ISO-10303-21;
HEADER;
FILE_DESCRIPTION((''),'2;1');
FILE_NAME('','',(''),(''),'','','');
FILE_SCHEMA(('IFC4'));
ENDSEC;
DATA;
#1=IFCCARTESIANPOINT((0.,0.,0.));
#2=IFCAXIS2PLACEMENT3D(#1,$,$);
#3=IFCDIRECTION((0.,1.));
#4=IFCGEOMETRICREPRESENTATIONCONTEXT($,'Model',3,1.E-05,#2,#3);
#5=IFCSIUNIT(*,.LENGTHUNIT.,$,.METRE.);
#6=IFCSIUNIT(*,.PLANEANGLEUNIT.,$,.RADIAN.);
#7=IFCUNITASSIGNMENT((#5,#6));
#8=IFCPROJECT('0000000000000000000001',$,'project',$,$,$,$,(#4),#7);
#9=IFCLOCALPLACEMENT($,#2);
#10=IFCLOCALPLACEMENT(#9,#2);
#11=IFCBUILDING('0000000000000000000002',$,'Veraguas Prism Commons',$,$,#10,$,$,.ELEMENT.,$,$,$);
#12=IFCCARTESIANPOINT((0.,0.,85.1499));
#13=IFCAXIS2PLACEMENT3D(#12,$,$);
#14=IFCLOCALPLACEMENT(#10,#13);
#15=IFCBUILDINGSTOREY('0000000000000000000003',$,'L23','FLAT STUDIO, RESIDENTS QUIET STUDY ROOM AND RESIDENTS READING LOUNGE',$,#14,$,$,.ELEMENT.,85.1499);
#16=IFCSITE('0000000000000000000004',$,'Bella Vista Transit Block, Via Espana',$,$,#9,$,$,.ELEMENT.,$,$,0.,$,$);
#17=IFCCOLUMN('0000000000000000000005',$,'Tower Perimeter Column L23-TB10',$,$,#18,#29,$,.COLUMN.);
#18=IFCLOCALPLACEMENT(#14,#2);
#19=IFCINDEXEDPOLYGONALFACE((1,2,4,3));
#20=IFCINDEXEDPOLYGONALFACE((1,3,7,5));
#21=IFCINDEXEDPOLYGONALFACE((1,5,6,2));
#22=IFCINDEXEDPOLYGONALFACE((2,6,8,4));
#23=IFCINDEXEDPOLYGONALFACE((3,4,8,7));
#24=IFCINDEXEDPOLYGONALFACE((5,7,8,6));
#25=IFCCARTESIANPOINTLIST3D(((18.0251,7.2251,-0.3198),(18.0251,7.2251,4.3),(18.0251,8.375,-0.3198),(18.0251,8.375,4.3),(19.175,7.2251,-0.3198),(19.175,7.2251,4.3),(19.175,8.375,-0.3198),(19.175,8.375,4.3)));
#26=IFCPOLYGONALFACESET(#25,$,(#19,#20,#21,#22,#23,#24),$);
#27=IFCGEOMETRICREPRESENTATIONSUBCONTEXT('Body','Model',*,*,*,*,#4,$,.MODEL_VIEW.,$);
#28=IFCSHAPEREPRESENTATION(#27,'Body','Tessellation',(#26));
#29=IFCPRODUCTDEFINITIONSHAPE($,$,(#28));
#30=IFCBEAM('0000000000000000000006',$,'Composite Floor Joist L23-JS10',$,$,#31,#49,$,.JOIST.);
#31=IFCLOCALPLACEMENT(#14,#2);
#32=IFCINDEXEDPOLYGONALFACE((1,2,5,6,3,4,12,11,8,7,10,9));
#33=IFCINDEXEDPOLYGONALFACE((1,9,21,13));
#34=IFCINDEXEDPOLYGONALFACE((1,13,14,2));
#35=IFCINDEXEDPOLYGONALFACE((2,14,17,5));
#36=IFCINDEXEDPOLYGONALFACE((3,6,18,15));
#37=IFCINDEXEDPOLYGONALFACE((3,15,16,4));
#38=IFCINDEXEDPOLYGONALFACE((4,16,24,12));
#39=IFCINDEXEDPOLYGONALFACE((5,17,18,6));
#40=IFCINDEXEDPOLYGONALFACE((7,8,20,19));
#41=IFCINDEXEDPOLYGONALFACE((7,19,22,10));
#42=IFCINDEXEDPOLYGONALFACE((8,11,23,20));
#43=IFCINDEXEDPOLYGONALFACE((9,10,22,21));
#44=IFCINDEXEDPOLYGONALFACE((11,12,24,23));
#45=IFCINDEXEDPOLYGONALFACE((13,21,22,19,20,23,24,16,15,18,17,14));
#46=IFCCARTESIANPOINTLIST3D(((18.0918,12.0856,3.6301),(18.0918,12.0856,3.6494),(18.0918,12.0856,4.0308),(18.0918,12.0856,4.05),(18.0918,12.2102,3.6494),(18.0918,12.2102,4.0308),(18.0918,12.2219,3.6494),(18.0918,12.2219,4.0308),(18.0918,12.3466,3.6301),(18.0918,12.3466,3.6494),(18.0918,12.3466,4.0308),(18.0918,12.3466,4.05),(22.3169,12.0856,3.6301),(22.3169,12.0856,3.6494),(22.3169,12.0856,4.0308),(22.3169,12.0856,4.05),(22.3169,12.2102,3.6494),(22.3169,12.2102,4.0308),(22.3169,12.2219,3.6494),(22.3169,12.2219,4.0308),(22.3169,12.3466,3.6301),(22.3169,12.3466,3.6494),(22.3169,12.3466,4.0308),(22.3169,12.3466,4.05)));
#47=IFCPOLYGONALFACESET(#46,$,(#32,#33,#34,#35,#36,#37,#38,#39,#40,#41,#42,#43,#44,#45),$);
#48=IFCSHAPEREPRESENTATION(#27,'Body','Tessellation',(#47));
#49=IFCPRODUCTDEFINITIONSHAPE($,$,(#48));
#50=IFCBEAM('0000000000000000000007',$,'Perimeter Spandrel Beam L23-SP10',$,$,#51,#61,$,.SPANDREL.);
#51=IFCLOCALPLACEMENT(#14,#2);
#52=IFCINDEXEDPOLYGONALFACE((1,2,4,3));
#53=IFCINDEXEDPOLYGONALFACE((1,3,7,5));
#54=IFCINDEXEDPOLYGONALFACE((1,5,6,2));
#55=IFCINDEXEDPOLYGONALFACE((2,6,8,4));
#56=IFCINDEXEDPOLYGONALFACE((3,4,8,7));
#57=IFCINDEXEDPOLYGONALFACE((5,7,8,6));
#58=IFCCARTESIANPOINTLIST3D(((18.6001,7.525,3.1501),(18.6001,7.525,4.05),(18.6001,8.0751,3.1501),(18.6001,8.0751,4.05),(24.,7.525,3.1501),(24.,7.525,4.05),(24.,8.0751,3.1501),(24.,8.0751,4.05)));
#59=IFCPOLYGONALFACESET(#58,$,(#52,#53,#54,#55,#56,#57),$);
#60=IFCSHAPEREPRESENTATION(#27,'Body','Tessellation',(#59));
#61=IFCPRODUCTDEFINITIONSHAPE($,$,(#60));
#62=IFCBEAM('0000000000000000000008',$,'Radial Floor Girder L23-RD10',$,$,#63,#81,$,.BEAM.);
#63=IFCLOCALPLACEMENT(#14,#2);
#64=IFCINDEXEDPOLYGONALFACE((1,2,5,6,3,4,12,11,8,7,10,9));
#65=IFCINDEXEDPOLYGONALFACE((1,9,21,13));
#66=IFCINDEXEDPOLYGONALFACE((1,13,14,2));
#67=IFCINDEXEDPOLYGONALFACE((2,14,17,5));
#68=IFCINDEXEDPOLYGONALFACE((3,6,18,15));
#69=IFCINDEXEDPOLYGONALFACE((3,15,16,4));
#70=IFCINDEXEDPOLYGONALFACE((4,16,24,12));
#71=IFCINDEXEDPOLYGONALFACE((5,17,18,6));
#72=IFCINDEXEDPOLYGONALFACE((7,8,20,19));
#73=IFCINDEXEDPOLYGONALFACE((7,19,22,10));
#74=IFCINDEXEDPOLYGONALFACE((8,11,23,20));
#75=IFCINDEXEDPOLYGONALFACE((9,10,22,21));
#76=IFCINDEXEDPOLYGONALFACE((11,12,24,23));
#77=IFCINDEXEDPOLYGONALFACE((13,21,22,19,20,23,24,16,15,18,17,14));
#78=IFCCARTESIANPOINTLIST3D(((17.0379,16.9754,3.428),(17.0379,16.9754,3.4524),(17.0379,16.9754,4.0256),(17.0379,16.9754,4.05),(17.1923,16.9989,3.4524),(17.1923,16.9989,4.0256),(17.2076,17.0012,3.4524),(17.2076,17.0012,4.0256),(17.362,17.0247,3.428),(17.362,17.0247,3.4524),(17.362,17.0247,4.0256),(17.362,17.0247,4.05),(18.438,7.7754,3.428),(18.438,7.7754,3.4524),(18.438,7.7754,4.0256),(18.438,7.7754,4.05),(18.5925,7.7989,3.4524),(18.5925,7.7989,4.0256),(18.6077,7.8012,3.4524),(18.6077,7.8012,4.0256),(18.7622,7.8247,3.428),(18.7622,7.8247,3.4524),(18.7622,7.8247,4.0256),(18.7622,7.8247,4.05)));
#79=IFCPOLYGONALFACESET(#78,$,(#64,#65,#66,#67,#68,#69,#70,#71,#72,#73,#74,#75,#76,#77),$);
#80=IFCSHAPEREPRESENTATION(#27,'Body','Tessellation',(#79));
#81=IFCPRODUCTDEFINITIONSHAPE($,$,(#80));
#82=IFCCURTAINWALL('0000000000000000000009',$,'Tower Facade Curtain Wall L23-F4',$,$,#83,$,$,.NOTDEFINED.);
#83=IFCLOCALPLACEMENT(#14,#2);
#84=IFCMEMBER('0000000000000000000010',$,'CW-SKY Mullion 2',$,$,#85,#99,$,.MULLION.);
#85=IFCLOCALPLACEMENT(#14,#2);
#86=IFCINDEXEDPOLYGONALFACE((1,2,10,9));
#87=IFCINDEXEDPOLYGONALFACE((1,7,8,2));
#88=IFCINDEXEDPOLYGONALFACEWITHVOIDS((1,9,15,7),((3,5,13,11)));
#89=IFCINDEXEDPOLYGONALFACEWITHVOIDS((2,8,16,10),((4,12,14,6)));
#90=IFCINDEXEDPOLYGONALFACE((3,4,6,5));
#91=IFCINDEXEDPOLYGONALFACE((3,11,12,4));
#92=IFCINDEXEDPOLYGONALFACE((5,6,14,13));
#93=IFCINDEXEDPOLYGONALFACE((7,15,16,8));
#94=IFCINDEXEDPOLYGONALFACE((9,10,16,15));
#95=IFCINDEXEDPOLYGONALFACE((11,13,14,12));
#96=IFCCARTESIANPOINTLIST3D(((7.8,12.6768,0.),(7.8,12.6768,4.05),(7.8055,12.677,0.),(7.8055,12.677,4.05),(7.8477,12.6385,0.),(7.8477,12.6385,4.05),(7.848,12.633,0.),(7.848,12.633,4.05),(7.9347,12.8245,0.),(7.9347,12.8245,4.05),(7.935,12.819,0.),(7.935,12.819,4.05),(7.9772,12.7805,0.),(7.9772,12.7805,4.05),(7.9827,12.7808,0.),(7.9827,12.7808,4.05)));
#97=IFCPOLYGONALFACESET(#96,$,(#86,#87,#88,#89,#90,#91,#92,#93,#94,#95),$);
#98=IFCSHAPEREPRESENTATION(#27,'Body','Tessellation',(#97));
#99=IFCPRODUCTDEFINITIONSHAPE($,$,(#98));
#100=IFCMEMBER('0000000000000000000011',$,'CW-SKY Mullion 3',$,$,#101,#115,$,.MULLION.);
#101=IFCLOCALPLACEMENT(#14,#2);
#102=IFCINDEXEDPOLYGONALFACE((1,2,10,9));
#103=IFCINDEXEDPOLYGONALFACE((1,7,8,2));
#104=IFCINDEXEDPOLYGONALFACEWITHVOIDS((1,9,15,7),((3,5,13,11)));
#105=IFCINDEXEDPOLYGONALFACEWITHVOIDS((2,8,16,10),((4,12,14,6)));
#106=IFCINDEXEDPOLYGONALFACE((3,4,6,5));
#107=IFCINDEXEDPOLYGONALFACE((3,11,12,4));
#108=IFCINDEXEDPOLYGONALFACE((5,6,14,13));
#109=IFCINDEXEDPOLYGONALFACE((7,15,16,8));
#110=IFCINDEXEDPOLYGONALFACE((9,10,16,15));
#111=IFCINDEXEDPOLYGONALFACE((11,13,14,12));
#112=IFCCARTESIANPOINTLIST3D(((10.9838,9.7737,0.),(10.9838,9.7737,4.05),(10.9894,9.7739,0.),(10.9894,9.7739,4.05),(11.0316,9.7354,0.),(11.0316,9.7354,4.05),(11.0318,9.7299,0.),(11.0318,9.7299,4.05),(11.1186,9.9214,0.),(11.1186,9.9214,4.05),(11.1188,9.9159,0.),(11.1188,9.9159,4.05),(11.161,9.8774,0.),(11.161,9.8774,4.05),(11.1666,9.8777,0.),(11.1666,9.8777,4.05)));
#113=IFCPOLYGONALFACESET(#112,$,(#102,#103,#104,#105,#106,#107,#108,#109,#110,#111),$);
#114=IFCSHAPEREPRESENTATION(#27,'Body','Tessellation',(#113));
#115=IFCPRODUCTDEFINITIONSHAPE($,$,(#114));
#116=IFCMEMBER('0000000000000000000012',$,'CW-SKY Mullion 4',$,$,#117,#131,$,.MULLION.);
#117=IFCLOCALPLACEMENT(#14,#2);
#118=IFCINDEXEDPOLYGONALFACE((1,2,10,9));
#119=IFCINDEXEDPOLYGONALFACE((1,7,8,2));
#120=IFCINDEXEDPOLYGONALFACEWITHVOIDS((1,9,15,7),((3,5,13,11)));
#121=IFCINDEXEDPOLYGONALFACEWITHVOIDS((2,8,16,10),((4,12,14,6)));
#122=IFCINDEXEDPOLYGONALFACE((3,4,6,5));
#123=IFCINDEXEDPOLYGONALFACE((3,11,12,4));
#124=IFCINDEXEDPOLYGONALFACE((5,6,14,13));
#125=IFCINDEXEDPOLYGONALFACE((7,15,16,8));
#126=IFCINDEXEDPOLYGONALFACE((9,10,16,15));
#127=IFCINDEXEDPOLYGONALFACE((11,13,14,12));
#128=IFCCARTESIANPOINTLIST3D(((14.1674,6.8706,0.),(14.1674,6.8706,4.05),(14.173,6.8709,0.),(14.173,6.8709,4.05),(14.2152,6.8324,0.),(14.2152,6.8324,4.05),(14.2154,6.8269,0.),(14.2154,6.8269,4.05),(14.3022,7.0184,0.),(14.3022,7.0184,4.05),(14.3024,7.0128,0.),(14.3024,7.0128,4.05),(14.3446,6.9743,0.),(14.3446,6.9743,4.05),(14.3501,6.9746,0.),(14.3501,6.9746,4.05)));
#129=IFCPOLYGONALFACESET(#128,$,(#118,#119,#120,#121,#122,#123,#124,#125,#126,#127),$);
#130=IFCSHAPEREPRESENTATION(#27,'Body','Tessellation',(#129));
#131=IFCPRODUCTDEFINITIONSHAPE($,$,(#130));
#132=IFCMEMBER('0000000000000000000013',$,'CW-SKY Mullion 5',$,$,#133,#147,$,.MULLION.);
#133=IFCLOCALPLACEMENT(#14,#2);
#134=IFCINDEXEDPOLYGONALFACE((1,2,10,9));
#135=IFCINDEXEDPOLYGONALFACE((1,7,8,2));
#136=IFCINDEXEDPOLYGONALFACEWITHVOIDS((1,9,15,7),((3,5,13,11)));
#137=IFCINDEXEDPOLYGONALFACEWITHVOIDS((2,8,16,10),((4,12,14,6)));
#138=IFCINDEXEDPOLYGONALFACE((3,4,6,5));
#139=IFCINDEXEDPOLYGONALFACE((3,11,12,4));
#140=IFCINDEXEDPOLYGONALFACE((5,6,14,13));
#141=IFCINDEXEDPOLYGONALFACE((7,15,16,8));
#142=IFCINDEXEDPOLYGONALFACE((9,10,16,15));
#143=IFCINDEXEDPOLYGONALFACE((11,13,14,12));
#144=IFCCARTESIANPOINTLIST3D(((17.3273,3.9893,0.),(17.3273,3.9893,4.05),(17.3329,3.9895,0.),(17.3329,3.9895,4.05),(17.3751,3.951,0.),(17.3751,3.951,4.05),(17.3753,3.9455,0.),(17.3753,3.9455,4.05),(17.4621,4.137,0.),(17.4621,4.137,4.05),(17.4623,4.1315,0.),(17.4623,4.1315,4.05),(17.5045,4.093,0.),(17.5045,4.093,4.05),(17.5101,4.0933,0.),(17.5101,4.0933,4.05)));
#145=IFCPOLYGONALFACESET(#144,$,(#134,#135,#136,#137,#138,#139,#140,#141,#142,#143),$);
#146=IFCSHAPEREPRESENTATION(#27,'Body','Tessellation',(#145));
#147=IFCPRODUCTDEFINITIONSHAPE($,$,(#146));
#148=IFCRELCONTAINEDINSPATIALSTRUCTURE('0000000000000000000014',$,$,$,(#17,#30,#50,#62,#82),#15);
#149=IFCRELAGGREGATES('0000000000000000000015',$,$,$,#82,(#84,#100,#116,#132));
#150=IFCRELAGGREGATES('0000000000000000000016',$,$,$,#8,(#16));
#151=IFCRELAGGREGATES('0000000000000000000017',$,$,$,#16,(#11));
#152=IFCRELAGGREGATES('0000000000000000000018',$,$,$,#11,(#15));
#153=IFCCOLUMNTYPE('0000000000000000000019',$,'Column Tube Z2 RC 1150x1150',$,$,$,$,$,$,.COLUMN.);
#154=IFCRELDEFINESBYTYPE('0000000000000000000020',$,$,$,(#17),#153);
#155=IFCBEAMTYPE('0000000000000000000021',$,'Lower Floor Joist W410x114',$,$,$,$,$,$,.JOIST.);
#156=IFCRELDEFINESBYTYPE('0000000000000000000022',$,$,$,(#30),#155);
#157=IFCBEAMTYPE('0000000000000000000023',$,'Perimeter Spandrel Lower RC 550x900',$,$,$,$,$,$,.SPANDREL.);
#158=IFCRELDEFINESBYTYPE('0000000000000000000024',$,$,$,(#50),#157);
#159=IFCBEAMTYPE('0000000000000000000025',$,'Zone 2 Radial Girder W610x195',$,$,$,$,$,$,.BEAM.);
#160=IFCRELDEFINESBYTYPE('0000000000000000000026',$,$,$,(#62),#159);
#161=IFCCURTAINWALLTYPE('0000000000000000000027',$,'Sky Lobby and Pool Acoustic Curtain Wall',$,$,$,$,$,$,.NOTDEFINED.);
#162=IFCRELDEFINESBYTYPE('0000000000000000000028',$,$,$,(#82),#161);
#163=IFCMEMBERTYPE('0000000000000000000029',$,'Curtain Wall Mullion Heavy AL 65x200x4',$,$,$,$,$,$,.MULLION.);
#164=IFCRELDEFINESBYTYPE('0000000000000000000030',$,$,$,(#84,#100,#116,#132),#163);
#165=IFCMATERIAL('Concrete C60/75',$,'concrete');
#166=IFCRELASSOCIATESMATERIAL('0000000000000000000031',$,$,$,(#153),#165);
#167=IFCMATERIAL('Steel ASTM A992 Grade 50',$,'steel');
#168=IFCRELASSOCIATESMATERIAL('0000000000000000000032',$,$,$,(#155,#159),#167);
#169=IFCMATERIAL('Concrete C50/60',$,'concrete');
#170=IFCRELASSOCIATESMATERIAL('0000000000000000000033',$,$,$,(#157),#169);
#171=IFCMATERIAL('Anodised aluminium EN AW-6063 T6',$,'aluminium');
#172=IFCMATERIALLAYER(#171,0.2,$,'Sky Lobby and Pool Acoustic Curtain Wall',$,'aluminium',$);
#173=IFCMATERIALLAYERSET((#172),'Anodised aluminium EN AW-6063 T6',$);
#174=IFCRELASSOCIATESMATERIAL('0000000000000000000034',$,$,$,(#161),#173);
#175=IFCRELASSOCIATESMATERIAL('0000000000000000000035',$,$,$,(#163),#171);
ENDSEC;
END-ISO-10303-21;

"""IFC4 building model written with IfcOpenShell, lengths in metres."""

from ifc_helpers import new_model, si_unit, direction, frame, origin, origin_2d, place, context, subcontext, project, spatial, rectangle, hollow_rectangle, i_section, extrude, source, transform, mapped, material, layer, layer_set, material_profile, profile_set, type_object, element, aggregate, save


model = new_model("IFC4")

# Units and contexts
model_context = context("Model", 3, precision=1e-05, world=origin(), true_north=direction((0.0, 1.0)))
body_context = subcontext(model_context, "Body", "Model", "MODEL_VIEW")
ifc_project = project(units=[si_unit("LENGTHUNIT", "METRE"), si_unit("PLANEANGLEUNIT", "RADIAN")], contexts=[model_context])

# Site, building, storey
site_placement = place(None, origin())
site = spatial("IfcSite", under=ifc_project, at=site_placement, Name="Bella Vista Transit Block, Via Espana", CompositionType="ELEMENT", RefElevation=0.0)
building_placement = place(site_placement, origin())
building = spatial("IfcBuilding", under=site, at=building_placement, Name="Veraguas Prism Commons", CompositionType="ELEMENT")
storey_placement = place(building_placement, frame((0.0, 0.0, 85.1499)))
storey = spatial("IfcBuildingStorey", under=building, at=storey_placement, Name="L23", Description="FLAT STUDIO, RESIDENTS QUIET STUDY ROOM AND RESIDENTS READING LOUNGE", CompositionType="ELEMENT", Elevation=85.1499)

# Column
ifc_material_1 = material(Name="Concrete C60/75", Category="concrete")
ifc_material_profile_1 = material_profile(ifc_material_1, rectangle(XDim=1.1499, YDim=1.1499, at=origin_2d()), Name="RC1150X1150")
ifc_profile_set_1 = profile_set([ifc_material_profile_1], Name="Concrete C60/75")
column_type = type_object("IfcColumnType", Name="Column Tube Z2 RC 1150x1150", PredefinedType="COLUMN", material=ifc_profile_set_1)
column_placement = place(storey_placement, frame((18.6001, 7.8, -0.3198), z_axis=(0.0, 0.0, 1.0), x_axis=(1.0, 0.0, 0.0)))
element("IfcColumn", 1, at=column_placement, inside=storey, type_object=column_type, Name="Tower Perimeter Column L23-TB10", PredefinedType="COLUMN", context=body_context, shape_type="SweptSolid", body=[
    extrude(rectangle(XDim=1.1499, YDim=1.1499, at=origin_2d()), origin(), (0.0, 0.0, 1.0), 4.6199),
])

# Beams
ifc_material_2 = material(Name="Steel ASTM A992 Grade 50", Category="steel")
ifc_material_profile_2 = material_profile(ifc_material_2, i_section(OverallWidth=0.261, OverallDepth=0.4199, WebThickness=0.0117, FlangeThickness=0.0193, at=origin_2d()), Name="W410X114")
ifc_profile_set_2 = profile_set([ifc_material_profile_2], Name="Steel ASTM A992 Grade 50")
beam_type_1 = type_object("IfcBeamType", Name="Lower Floor Joist W410x114", PredefinedType="JOIST", material=ifc_profile_set_2)
beam_1_placement = place(storey_placement, frame((18.0918, 12.2161, 3.8401), z_axis=(1.0, 0.0, 0.0), x_axis=(0.0, 1.0, 0.0)))
element("IfcBeam", 2, at=beam_1_placement, inside=storey, type_object=beam_type_1, Name="Composite Floor Joist L23-JS10", PredefinedType="JOIST", context=body_context, shape_type="SweptSolid", body=[
    extrude(i_section(OverallWidth=0.261, OverallDepth=0.4199, WebThickness=0.0117, FlangeThickness=0.0193, at=origin_2d()), origin(), (0.0, 0.0, 1.0), 4.2251),
])
ifc_material_3 = material(Name="Concrete C50/60", Category="concrete")
ifc_material_profile_3 = material_profile(ifc_material_3, rectangle(XDim=0.55, YDim=0.8999, at=origin_2d()), Name="RC550X900")
ifc_profile_set_3 = profile_set([ifc_material_profile_3], Name="Concrete C50/60")
beam_type_2 = type_object("IfcBeamType", Name="Perimeter Spandrel Lower RC 550x900", PredefinedType="SPANDREL", material=ifc_profile_set_3)
beam_2_placement = place(storey_placement, frame((18.6001, 7.8, 3.6001), z_axis=(1.0, 0.0, 0.0), x_axis=(0.0, 1.0, 0.0)))
element("IfcBeam", 3, at=beam_2_placement, inside=storey, type_object=beam_type_2, Name="Perimeter Spandrel Beam L23-SP10", PredefinedType="SPANDREL", context=body_context, shape_type="SweptSolid", body=[
    extrude(rectangle(XDim=0.55, YDim=0.8999, at=origin_2d()), origin(), (0.0, 0.0, 1.0), 5.3999),
])
ifc_material_profile_4 = material_profile(ifc_material_2, i_section(OverallWidth=0.3279, OverallDepth=0.6221, WebThickness=0.0154, FlangeThickness=0.0244, at=origin_2d()), Name="W610X195")
ifc_profile_set_4 = profile_set([ifc_material_profile_4], Name="Steel ASTM A992 Grade 50")
beam_type_3 = type_object("IfcBeamType", Name="Zone 2 Radial Girder W610x195", PredefinedType="BEAM", material=ifc_profile_set_4)
beam_3_placement = place(storey_placement, frame((18.6001, 7.8, 3.739), z_axis=(-0.150458, 0.988616, 0.0), x_axis=(-0.988616, -0.150458, 0.0)))
element("IfcBeam", 4, at=beam_3_placement, inside=storey, type_object=beam_type_3, Name="Radial Floor Girder L23-RD10", PredefinedType="BEAM", context=body_context, shape_type="SweptSolid", body=[
    extrude(i_section(OverallWidth=0.3279, OverallDepth=0.6221, WebThickness=0.0154, FlangeThickness=0.0244, at=origin_2d()), origin(), (0.0, 0.0, 1.0), 9.3059),
])

# Curtain wall, members
ifc_material_4 = material(Name="Anodised aluminium EN AW-6063 T6", Category="aluminium")
ifc_layer_1 = layer(ifc_material_4, 0.2, Name="Sky Lobby and Pool Acoustic Curtain Wall", Category="aluminium")
ifc_layer_set_1 = layer_set([ifc_layer_1], Name="Anodised aluminium EN AW-6063 T6")
curtain_wall_type = type_object("IfcCurtainWallType", Name="Sky Lobby and Pool Acoustic Curtain Wall", PredefinedType="NOTDEFINED", material=ifc_layer_set_1)
curtain_wall_placement = place(storey_placement, origin())
curtain_wall = element("IfcCurtainWall", 5, at=curtain_wall_placement, inside=storey, type_object=curtain_wall_type, Name="Tower Facade Curtain Wall L23-F4", PredefinedType="NOTDEFINED")
ifc_material_profile_5 = material_profile(ifc_material_4, hollow_rectangle(XDim=0.0649, YDim=0.2, WallThickness=0.0039, at=origin_2d()), Name="AL65X200X4")
ifc_profile_set_5 = profile_set([ifc_material_profile_5], Name="Anodised aluminium EN AW-6063 T6")
member_type = type_object("IfcMemberType", Name="Curtain Wall Mullion Heavy AL 65x200x4", PredefinedType="MULLION", material=ifc_profile_set_5)
shared_shape_1 = source(origin(), body_context, "Body", "SweptSolid", [
    extrude(hollow_rectangle(XDim=0.0649, YDim=0.2, WallThickness=0.0039, at=origin_2d()), origin(), (0.0, 0.0, 1.0), 4.05),
])
member_1_placement = place(storey_placement, frame((7.8914, 12.7288, 0.0), z_axis=(0.0, 0.0, 1.0), x_axis=(0.738925, -0.673788, 0.0)))
member_1 = element("IfcMember", 6, at=member_1_placement, type_object=member_type, Name="CW-SKY Mullion 2", PredefinedType="MULLION", context=body_context, shape_type="MappedRepresentation", body=[
    mapped(shared_shape_1, transform((0.0, 0.0, 0.0), scale=1.0)),
])
member_2_placement = place(storey_placement, frame((11.0752, 9.8257, 0.0), z_axis=(0.0, 0.0, 1.0), x_axis=(0.738925, -0.673788, 0.0)))
member_2 = element("IfcMember", 7, at=member_2_placement, type_object=member_type, Name="CW-SKY Mullion 3", PredefinedType="MULLION", context=body_context, shape_type="MappedRepresentation", body=[
    mapped(shared_shape_1, transform((0.0, 0.0, 0.0), scale=1.0)),
])
member_3_placement = place(storey_placement, frame((14.2588, 6.9226, 0.0), z_axis=(0.0, 0.0, 1.0), x_axis=(0.738925, -0.673788, 0.0)))
member_3 = element("IfcMember", 8, at=member_3_placement, type_object=member_type, Name="CW-SKY Mullion 4", PredefinedType="MULLION", context=body_context, shape_type="MappedRepresentation", body=[
    mapped(shared_shape_1, transform((0.0, 0.0, 0.0), scale=1.0)),
])
member_4_placement = place(storey_placement, frame((17.4187, 4.0413, 0.0), z_axis=(0.0, 0.0, 1.0), x_axis=(0.738925, -0.673788, 0.0)))
member_4 = element("IfcMember", 9, at=member_4_placement, type_object=member_type, Name="CW-SKY Mullion 5", PredefinedType="MULLION", context=body_context, shape_type="MappedRepresentation", body=[
    mapped(shared_shape_1, transform((0.0, 0.0, 0.0), scale=1.0)),
])

aggregate(curtain_wall, [member_1, member_2, member_3, member_4])

save(model, "model.ifc")
